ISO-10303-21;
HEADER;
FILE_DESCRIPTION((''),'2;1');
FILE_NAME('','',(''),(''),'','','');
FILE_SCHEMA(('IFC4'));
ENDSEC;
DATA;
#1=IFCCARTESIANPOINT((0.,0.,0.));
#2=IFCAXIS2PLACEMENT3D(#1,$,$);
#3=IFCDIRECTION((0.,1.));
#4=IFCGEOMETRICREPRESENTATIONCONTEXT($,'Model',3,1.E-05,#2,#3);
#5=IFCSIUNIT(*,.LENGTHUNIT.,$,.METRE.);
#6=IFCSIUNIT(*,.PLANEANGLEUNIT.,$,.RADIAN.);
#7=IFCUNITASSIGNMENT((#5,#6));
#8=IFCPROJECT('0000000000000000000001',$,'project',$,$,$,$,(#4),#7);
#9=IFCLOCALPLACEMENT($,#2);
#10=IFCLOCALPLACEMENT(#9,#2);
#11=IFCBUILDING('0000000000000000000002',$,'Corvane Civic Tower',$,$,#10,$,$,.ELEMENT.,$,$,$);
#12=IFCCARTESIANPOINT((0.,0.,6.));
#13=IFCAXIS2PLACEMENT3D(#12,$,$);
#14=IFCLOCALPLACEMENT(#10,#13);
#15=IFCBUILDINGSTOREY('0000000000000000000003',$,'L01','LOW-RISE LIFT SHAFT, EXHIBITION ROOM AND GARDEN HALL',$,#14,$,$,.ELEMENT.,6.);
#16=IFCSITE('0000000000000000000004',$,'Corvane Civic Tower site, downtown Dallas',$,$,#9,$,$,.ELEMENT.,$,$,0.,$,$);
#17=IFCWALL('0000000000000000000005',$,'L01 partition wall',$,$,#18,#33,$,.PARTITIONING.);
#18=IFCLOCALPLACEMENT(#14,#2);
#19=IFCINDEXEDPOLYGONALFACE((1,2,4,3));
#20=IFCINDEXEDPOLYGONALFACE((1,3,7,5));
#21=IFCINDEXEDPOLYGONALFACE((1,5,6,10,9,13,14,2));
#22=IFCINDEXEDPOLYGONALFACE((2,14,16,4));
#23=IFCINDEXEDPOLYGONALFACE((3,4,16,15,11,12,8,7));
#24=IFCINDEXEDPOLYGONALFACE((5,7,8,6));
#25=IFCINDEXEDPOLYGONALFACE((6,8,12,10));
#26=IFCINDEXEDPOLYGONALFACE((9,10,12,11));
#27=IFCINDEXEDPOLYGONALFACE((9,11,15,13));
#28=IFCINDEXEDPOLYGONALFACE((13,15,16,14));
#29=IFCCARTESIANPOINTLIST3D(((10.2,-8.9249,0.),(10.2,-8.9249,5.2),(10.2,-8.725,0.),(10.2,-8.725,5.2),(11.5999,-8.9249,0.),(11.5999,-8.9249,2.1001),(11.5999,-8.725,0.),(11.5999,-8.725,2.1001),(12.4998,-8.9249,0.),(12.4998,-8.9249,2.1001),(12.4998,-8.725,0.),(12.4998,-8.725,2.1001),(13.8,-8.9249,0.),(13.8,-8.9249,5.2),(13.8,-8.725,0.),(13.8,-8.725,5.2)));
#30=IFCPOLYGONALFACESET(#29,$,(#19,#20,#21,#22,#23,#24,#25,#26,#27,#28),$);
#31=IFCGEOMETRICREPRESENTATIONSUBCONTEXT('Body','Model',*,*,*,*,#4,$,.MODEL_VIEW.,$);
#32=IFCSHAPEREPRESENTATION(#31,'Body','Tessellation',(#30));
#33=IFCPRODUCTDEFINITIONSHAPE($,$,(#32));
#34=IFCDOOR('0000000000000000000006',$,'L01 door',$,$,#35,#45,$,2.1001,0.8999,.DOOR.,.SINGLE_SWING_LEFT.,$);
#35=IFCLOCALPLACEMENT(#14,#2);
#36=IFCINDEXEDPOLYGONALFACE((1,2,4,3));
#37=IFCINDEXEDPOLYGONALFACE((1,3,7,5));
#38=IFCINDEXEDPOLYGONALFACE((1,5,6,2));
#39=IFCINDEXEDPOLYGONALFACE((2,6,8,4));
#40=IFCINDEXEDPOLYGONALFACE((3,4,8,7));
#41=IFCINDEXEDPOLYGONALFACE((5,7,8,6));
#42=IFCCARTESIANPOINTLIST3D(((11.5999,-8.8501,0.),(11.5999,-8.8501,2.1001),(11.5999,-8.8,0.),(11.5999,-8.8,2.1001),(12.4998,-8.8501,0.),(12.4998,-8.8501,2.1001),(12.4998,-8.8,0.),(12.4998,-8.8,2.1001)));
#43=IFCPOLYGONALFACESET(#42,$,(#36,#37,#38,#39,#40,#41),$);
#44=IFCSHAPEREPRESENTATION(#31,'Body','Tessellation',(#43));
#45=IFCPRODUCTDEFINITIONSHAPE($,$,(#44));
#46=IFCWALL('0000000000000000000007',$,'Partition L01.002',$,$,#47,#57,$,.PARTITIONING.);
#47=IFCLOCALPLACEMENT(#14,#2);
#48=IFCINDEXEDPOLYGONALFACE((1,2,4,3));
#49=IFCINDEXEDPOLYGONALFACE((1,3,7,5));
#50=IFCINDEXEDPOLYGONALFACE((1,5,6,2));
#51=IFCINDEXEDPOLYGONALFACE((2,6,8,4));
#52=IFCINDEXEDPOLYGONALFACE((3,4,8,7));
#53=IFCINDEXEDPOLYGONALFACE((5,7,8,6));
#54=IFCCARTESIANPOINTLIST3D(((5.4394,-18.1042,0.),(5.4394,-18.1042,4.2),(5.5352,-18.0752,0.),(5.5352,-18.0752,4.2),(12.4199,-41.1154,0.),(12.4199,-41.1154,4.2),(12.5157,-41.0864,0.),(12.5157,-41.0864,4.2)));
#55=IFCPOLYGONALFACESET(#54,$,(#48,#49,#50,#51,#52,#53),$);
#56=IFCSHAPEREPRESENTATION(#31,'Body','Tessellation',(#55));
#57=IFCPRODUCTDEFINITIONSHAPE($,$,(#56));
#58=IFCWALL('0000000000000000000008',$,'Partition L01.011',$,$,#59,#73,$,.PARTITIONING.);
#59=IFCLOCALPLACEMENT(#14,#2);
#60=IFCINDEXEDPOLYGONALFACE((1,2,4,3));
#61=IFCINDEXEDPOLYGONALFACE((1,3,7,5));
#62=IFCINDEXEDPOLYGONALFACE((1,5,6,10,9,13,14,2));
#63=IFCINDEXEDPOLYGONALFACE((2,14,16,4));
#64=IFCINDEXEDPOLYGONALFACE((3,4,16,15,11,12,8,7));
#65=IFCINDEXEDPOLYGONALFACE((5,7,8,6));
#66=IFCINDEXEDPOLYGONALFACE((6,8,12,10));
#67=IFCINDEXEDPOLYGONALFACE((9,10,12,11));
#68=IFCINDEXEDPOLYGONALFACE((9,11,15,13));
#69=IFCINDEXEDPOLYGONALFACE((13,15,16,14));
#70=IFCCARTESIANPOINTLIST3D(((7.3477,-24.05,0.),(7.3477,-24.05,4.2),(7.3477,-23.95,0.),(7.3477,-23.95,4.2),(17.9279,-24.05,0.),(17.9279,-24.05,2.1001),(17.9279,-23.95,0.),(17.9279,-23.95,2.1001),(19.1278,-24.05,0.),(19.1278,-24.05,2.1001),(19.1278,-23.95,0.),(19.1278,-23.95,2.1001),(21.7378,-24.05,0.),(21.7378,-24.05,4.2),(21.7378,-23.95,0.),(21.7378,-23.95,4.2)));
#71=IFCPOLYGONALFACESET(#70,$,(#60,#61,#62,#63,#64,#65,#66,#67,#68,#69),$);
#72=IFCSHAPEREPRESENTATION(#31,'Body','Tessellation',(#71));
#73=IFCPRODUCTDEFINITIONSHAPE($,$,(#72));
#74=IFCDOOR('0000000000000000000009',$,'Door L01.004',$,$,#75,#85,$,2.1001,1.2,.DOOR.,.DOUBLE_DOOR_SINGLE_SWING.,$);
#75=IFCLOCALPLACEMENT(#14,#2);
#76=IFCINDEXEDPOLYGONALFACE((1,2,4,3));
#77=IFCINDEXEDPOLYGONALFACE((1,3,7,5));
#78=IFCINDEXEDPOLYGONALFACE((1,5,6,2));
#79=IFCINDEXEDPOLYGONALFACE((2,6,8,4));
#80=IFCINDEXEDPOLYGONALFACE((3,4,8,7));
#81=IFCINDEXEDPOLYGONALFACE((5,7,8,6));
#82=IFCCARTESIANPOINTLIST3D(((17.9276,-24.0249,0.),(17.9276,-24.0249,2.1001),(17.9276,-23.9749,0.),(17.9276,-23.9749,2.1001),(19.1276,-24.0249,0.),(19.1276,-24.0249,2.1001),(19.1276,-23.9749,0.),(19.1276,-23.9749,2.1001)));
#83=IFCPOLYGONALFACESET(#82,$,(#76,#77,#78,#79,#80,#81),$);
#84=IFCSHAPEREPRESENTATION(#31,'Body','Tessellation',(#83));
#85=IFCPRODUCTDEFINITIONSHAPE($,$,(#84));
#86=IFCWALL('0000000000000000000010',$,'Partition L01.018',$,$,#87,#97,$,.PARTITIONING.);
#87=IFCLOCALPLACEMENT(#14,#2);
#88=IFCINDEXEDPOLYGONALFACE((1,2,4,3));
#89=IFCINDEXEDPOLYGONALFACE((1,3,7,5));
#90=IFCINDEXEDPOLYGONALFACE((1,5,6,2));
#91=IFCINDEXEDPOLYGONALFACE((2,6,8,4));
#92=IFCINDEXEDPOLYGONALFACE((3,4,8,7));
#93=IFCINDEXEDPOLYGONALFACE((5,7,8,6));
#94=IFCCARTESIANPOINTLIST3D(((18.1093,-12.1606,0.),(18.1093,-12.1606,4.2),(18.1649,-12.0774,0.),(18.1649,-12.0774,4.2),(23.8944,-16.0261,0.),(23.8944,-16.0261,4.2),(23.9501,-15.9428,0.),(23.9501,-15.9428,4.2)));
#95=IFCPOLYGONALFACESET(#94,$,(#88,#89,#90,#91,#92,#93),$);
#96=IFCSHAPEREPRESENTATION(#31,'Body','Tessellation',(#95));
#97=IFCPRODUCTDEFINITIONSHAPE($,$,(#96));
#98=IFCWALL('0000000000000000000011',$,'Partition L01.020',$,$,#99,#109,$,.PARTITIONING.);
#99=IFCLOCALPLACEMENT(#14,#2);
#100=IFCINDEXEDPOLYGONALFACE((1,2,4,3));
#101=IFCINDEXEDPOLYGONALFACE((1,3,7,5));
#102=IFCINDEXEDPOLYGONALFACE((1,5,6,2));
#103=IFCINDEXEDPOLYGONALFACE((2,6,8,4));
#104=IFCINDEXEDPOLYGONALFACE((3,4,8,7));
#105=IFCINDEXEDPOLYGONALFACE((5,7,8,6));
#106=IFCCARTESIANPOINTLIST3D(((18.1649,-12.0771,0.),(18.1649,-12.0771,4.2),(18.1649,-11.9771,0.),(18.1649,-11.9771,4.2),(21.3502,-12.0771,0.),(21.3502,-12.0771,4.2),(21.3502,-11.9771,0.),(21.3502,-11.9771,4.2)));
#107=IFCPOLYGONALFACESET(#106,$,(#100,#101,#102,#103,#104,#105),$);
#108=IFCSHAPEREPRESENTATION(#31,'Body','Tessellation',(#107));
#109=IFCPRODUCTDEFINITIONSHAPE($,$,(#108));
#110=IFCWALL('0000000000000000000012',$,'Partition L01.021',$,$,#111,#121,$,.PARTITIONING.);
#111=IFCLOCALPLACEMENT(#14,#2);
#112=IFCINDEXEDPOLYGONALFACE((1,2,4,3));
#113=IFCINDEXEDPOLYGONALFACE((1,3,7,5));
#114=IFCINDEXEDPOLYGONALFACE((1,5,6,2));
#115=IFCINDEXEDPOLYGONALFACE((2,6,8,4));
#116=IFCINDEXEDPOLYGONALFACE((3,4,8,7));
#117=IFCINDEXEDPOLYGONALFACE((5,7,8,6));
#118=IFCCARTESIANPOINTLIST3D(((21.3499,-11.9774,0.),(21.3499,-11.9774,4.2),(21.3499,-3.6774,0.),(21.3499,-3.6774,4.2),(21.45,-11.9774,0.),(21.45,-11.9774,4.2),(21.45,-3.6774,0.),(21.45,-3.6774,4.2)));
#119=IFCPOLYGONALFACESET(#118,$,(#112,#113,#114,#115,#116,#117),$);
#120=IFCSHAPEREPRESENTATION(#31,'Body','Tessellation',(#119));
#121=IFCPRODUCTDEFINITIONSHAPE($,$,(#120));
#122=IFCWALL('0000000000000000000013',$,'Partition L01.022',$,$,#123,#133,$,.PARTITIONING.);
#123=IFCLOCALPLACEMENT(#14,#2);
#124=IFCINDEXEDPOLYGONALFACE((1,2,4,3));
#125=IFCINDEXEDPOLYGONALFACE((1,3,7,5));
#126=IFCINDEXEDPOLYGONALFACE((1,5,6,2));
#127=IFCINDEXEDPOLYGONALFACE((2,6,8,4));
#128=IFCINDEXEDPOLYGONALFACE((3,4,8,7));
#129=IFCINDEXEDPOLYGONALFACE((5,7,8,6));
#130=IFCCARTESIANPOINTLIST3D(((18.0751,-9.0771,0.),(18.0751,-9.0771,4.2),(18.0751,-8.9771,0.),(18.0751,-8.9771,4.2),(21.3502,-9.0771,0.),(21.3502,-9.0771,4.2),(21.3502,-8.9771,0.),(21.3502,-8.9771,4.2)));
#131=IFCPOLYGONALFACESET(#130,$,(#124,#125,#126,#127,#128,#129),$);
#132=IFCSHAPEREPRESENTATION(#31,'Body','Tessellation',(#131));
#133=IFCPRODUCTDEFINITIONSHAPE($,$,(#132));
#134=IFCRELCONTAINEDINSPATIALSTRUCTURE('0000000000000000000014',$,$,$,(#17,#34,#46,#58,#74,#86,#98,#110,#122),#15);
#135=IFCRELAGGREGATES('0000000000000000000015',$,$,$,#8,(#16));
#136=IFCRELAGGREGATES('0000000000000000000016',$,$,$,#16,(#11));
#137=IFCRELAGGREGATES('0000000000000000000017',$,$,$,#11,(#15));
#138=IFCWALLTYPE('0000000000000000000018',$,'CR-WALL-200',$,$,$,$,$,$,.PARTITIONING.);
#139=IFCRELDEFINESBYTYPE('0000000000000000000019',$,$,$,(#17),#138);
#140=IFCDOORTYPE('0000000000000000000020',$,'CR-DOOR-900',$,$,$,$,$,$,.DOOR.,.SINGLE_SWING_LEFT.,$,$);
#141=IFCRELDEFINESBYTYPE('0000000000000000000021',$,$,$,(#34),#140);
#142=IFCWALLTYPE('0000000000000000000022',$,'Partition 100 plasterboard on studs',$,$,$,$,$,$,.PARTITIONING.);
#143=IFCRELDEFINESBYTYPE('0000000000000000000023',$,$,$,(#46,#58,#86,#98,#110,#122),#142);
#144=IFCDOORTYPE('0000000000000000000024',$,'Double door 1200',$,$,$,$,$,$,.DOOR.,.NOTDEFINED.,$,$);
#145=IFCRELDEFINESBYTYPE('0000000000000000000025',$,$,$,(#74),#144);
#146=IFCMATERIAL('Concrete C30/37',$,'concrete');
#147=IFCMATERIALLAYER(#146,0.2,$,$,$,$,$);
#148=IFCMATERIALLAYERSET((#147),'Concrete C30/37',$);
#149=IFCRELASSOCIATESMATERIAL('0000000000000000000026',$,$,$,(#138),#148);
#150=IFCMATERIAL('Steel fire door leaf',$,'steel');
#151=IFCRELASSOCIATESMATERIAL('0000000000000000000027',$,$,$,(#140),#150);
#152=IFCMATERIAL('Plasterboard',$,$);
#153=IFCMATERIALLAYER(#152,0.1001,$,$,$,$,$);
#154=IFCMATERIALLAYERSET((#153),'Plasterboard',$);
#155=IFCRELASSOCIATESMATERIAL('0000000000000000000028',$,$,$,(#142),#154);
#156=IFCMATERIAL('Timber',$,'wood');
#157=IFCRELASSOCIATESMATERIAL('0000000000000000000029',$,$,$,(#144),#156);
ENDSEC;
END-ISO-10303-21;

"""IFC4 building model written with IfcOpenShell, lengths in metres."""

from ifc_helpers import new_model, si_unit, direction, frame, frame_2d, origin, place, context, subcontext, project, spatial, rectangle, extrude, material, layer, layer_set, type_object, element, fill, save


model = new_model("IFC4")

# Units and contexts
model_context = context("Model", 3, precision=1e-05, world=origin(), true_north=direction((0.0, 1.0)))
body_context = subcontext(model_context, "Body", "Model", "MODEL_VIEW")
ifc_project = project(units=[si_unit("LENGTHUNIT", "METRE"), si_unit("PLANEANGLEUNIT", "RADIAN")], contexts=[model_context])

# Site, building, storey
site_placement = place(None, origin())
site = spatial("IfcSite", under=ifc_project, at=site_placement, Name="Corvane Civic Tower site, downtown Dallas", CompositionType="ELEMENT", RefElevation=0.0)
building_placement = place(site_placement, origin())
building = spatial("IfcBuilding", under=site, at=building_placement, Name="Corvane Civic Tower", CompositionType="ELEMENT")
storey_placement = place(building_placement, frame((0.0, 0.0, 6.0)))
storey = spatial("IfcBuildingStorey", under=building, at=storey_placement, Name="L01", Description="LOW-RISE LIFT SHAFT, EXHIBITION ROOM AND GARDEN HALL", CompositionType="ELEMENT", Elevation=6.0)

# Wall, opening, door
ifc_material_1 = material(Name="Concrete C30/37", Category="concrete")
ifc_layer_1 = layer(ifc_material_1, 0.2)
ifc_layer_set_1 = layer_set([ifc_layer_1], Name="Concrete C30/37")
wall_type_1 = type_object("IfcWallType", Name="CR-WALL-200", PredefinedType="PARTITIONING", material=ifc_layer_set_1)
wall_1_placement = place(storey_placement, frame((10.2, -8.825, 0.0), z_axis=(0.0, 0.0, 1.0), x_axis=(1.0, 0.0, 0.0)))
wall_1 = element("IfcWall", 1, at=wall_1_placement, inside=storey, type_object=wall_type_1, Name="L01 partition wall", PredefinedType="PARTITIONING", context=body_context, shape_type="SweptSolid", body=[
    extrude(rectangle(XDim=3.6001, YDim=0.2, at=frame_2d((1.8, 0.0))), origin(), (0.0, 0.0, 1.0), 5.2),
])
opening_1_placement = place(wall_1_placement, frame((1.3999, 0.0, 0.0)))
opening_1 = element("IfcOpeningElement", 2, at=opening_1_placement, cuts=wall_1, PredefinedType="OPENING", context=body_context, shape_type="SweptSolid", body=[
    extrude(rectangle(XDim=0.8999, YDim=2.1001, at=frame_2d((0.45, 1.05))), frame((0.0, 0.1099, 0.0), z_axis=(0.0, -1.0, 0.0), x_axis=(1.0, 0.0, 0.0)), (0.0, 0.0, 1.0), 0.22),
])
ifc_material_2 = material(Name="Steel fire door leaf", Category="steel")
door_type_1 = type_object("IfcDoorType", Name="CR-DOOR-900", OperationType="SINGLE_SWING_LEFT", PredefinedType="DOOR", material=ifc_material_2)
door_1_placement = place(opening_1_placement, origin())
door_1 = element("IfcDoor", 3, at=door_1_placement, inside=storey, type_object=door_type_1, Name="L01 door", OperationType="SINGLE_SWING_LEFT", OverallHeight=2.1001, OverallWidth=0.8999, PredefinedType="DOOR", context=body_context, shape_type="SweptSolid", body=[
    extrude(rectangle(XDim=0.8999, YDim=2.1001, at=frame_2d((0.45, 1.05))), frame((0.0, 0.0249, 0.0), z_axis=(0.0, -1.0, 0.0), x_axis=(1.0, 0.0, 0.0)), (0.0, 0.0, 1.0), 0.05),
])
fill(opening_1, door_1)

# Wall
ifc_material_3 = material(Name="Plasterboard")
ifc_layer_2 = layer(ifc_material_3, 0.1001)
ifc_layer_set_2 = layer_set([ifc_layer_2], Name="Plasterboard")
wall_type_2 = type_object("IfcWallType", Name="Partition 100 plasterboard on studs", PredefinedType="PARTITIONING", material=ifc_layer_set_2)
wall_2_placement = place(storey_placement, frame((5.4873, -18.0896, 0.0), z_axis=(0.0, 0.0, 1.0), x_axis=(0.290288, -0.956939, 0.0)))
element("IfcWall", 4, at=wall_2_placement, inside=storey, type_object=wall_type_2, Name="Partition L01.002", PredefinedType="PARTITIONING", context=body_context, shape_type="SweptSolid", body=[
    extrude(rectangle(XDim=24.0466, YDim=0.1001, at=frame_2d((12.0234, 0.0))), origin(), (0.0, 0.0, 1.0), 4.2),
])

# Wall, opening, door
wall_3_placement = place(storey_placement, frame((7.3477, -24.0, 0.0), z_axis=(0.0, 0.0, 1.0), x_axis=(1.0, 0.0, 0.0)))
wall_3 = element("IfcWall", 5, at=wall_3_placement, inside=storey, type_object=wall_type_2, Name="Partition L01.011", PredefinedType="PARTITIONING", context=body_context, shape_type="SweptSolid", body=[
    extrude(rectangle(XDim=14.3901, YDim=0.1001, at=frame_2d((7.1951, 0.0))), origin(), (0.0, 0.0, 1.0), 4.2),
])
opening_2_placement = place(wall_3_placement, frame((10.5801, 0.0, 0.0)))
opening_2 = element("IfcOpeningElement", 6, at=opening_2_placement, cuts=wall_3, PredefinedType="OPENING", context=body_context, shape_type="SweptSolid", body=[
    extrude(rectangle(XDim=1.2, YDim=2.1001, at=frame_2d((0.6001, 1.05))), frame((0.0, 0.0601, 0.0), z_axis=(0.0, -1.0, 0.0), x_axis=(1.0, 0.0, 0.0)), (0.0, 0.0, 1.0), 0.1201),
])
ifc_material_4 = material(Name="Timber", Category="wood")
door_type_2 = type_object("IfcDoorType", Name="Double door 1200", OperationType="NOTDEFINED", PredefinedType="DOOR", material=ifc_material_4)
door_2_placement = place(opening_2_placement, frame((1.2, 0.0, 0.0), z_axis=(0.0, 0.0, 1.0), x_axis=(-1.0, 0.0, 0.0)))
door_2 = element("IfcDoor", 7, at=door_2_placement, inside=storey, type_object=door_type_2, Name="Door L01.004", OperationType="DOUBLE_DOOR_SINGLE_SWING", OverallHeight=2.1001, OverallWidth=1.2, PredefinedType="DOOR", context=body_context, shape_type="SweptSolid", body=[
    extrude(rectangle(XDim=1.2, YDim=2.1001, at=frame_2d((0.6001, 1.05))), frame((0.0, 0.0249, 0.0), z_axis=(0.0, -1.0, 0.0), x_axis=(1.0, 0.0, 0.0)), (0.0, 0.0, 1.0), 0.05),
])
fill(opening_2, door_2)

# Walls
wall_4_placement = place(storey_placement, frame((18.137, -12.1189, 0.0), z_axis=(0.0, 0.0, 1.0), x_axis=(0.831472, -0.555566, 0.0)))
element("IfcWall", 8, at=wall_4_placement, inside=storey, type_object=wall_type_2, Name="Partition L01.018", PredefinedType="PARTITIONING", context=body_context, shape_type="SweptSolid", body=[
    extrude(rectangle(XDim=6.9578, YDim=0.1001, at=frame_2d((3.479, 0.0))), origin(), (0.0, 0.0, 1.0), 4.2),
])
wall_5_placement = place(storey_placement, frame((18.1648, -12.0271, 0.0), z_axis=(0.0, 0.0, 1.0), x_axis=(1.0, 0.0, 0.0)))
element("IfcWall", 9, at=wall_5_placement, inside=storey, type_object=wall_type_2, Name="Partition L01.020", PredefinedType="PARTITIONING", context=body_context, shape_type="SweptSolid", body=[
    extrude(rectangle(XDim=3.1853, YDim=0.1001, at=frame_2d((1.5928, 0.0))), origin(), (0.0, 0.0, 1.0), 4.2),
])
wall_6_placement = place(storey_placement, frame((21.3999, -11.9773, 0.0), z_axis=(0.0, 0.0, 1.0), x_axis=(0.0, 1.0, 0.0)))
element("IfcWall", 10, at=wall_6_placement, inside=storey, type_object=wall_type_2, Name="Partition L01.021", PredefinedType="PARTITIONING", context=body_context, shape_type="SweptSolid", body=[
    extrude(rectangle(XDim=8.3, YDim=0.1001, at=frame_2d((4.1499, 0.0))), origin(), (0.0, 0.0, 1.0), 4.2),
])
wall_7_placement = place(storey_placement, frame((18.075, -9.0271, 0.0), z_axis=(0.0, 0.0, 1.0), x_axis=(1.0, 0.0, 0.0)))
element("IfcWall", 11, at=wall_7_placement, inside=storey, type_object=wall_type_2, Name="Partition L01.022", PredefinedType="PARTITIONING", context=body_context, shape_type="SweptSolid", body=[
    extrude(rectangle(XDim=3.2751, YDim=0.1001, at=frame_2d((1.6377, 0.0))), origin(), (0.0, 0.0, 1.0), 4.2),
])

save(model, "model.ifc")
